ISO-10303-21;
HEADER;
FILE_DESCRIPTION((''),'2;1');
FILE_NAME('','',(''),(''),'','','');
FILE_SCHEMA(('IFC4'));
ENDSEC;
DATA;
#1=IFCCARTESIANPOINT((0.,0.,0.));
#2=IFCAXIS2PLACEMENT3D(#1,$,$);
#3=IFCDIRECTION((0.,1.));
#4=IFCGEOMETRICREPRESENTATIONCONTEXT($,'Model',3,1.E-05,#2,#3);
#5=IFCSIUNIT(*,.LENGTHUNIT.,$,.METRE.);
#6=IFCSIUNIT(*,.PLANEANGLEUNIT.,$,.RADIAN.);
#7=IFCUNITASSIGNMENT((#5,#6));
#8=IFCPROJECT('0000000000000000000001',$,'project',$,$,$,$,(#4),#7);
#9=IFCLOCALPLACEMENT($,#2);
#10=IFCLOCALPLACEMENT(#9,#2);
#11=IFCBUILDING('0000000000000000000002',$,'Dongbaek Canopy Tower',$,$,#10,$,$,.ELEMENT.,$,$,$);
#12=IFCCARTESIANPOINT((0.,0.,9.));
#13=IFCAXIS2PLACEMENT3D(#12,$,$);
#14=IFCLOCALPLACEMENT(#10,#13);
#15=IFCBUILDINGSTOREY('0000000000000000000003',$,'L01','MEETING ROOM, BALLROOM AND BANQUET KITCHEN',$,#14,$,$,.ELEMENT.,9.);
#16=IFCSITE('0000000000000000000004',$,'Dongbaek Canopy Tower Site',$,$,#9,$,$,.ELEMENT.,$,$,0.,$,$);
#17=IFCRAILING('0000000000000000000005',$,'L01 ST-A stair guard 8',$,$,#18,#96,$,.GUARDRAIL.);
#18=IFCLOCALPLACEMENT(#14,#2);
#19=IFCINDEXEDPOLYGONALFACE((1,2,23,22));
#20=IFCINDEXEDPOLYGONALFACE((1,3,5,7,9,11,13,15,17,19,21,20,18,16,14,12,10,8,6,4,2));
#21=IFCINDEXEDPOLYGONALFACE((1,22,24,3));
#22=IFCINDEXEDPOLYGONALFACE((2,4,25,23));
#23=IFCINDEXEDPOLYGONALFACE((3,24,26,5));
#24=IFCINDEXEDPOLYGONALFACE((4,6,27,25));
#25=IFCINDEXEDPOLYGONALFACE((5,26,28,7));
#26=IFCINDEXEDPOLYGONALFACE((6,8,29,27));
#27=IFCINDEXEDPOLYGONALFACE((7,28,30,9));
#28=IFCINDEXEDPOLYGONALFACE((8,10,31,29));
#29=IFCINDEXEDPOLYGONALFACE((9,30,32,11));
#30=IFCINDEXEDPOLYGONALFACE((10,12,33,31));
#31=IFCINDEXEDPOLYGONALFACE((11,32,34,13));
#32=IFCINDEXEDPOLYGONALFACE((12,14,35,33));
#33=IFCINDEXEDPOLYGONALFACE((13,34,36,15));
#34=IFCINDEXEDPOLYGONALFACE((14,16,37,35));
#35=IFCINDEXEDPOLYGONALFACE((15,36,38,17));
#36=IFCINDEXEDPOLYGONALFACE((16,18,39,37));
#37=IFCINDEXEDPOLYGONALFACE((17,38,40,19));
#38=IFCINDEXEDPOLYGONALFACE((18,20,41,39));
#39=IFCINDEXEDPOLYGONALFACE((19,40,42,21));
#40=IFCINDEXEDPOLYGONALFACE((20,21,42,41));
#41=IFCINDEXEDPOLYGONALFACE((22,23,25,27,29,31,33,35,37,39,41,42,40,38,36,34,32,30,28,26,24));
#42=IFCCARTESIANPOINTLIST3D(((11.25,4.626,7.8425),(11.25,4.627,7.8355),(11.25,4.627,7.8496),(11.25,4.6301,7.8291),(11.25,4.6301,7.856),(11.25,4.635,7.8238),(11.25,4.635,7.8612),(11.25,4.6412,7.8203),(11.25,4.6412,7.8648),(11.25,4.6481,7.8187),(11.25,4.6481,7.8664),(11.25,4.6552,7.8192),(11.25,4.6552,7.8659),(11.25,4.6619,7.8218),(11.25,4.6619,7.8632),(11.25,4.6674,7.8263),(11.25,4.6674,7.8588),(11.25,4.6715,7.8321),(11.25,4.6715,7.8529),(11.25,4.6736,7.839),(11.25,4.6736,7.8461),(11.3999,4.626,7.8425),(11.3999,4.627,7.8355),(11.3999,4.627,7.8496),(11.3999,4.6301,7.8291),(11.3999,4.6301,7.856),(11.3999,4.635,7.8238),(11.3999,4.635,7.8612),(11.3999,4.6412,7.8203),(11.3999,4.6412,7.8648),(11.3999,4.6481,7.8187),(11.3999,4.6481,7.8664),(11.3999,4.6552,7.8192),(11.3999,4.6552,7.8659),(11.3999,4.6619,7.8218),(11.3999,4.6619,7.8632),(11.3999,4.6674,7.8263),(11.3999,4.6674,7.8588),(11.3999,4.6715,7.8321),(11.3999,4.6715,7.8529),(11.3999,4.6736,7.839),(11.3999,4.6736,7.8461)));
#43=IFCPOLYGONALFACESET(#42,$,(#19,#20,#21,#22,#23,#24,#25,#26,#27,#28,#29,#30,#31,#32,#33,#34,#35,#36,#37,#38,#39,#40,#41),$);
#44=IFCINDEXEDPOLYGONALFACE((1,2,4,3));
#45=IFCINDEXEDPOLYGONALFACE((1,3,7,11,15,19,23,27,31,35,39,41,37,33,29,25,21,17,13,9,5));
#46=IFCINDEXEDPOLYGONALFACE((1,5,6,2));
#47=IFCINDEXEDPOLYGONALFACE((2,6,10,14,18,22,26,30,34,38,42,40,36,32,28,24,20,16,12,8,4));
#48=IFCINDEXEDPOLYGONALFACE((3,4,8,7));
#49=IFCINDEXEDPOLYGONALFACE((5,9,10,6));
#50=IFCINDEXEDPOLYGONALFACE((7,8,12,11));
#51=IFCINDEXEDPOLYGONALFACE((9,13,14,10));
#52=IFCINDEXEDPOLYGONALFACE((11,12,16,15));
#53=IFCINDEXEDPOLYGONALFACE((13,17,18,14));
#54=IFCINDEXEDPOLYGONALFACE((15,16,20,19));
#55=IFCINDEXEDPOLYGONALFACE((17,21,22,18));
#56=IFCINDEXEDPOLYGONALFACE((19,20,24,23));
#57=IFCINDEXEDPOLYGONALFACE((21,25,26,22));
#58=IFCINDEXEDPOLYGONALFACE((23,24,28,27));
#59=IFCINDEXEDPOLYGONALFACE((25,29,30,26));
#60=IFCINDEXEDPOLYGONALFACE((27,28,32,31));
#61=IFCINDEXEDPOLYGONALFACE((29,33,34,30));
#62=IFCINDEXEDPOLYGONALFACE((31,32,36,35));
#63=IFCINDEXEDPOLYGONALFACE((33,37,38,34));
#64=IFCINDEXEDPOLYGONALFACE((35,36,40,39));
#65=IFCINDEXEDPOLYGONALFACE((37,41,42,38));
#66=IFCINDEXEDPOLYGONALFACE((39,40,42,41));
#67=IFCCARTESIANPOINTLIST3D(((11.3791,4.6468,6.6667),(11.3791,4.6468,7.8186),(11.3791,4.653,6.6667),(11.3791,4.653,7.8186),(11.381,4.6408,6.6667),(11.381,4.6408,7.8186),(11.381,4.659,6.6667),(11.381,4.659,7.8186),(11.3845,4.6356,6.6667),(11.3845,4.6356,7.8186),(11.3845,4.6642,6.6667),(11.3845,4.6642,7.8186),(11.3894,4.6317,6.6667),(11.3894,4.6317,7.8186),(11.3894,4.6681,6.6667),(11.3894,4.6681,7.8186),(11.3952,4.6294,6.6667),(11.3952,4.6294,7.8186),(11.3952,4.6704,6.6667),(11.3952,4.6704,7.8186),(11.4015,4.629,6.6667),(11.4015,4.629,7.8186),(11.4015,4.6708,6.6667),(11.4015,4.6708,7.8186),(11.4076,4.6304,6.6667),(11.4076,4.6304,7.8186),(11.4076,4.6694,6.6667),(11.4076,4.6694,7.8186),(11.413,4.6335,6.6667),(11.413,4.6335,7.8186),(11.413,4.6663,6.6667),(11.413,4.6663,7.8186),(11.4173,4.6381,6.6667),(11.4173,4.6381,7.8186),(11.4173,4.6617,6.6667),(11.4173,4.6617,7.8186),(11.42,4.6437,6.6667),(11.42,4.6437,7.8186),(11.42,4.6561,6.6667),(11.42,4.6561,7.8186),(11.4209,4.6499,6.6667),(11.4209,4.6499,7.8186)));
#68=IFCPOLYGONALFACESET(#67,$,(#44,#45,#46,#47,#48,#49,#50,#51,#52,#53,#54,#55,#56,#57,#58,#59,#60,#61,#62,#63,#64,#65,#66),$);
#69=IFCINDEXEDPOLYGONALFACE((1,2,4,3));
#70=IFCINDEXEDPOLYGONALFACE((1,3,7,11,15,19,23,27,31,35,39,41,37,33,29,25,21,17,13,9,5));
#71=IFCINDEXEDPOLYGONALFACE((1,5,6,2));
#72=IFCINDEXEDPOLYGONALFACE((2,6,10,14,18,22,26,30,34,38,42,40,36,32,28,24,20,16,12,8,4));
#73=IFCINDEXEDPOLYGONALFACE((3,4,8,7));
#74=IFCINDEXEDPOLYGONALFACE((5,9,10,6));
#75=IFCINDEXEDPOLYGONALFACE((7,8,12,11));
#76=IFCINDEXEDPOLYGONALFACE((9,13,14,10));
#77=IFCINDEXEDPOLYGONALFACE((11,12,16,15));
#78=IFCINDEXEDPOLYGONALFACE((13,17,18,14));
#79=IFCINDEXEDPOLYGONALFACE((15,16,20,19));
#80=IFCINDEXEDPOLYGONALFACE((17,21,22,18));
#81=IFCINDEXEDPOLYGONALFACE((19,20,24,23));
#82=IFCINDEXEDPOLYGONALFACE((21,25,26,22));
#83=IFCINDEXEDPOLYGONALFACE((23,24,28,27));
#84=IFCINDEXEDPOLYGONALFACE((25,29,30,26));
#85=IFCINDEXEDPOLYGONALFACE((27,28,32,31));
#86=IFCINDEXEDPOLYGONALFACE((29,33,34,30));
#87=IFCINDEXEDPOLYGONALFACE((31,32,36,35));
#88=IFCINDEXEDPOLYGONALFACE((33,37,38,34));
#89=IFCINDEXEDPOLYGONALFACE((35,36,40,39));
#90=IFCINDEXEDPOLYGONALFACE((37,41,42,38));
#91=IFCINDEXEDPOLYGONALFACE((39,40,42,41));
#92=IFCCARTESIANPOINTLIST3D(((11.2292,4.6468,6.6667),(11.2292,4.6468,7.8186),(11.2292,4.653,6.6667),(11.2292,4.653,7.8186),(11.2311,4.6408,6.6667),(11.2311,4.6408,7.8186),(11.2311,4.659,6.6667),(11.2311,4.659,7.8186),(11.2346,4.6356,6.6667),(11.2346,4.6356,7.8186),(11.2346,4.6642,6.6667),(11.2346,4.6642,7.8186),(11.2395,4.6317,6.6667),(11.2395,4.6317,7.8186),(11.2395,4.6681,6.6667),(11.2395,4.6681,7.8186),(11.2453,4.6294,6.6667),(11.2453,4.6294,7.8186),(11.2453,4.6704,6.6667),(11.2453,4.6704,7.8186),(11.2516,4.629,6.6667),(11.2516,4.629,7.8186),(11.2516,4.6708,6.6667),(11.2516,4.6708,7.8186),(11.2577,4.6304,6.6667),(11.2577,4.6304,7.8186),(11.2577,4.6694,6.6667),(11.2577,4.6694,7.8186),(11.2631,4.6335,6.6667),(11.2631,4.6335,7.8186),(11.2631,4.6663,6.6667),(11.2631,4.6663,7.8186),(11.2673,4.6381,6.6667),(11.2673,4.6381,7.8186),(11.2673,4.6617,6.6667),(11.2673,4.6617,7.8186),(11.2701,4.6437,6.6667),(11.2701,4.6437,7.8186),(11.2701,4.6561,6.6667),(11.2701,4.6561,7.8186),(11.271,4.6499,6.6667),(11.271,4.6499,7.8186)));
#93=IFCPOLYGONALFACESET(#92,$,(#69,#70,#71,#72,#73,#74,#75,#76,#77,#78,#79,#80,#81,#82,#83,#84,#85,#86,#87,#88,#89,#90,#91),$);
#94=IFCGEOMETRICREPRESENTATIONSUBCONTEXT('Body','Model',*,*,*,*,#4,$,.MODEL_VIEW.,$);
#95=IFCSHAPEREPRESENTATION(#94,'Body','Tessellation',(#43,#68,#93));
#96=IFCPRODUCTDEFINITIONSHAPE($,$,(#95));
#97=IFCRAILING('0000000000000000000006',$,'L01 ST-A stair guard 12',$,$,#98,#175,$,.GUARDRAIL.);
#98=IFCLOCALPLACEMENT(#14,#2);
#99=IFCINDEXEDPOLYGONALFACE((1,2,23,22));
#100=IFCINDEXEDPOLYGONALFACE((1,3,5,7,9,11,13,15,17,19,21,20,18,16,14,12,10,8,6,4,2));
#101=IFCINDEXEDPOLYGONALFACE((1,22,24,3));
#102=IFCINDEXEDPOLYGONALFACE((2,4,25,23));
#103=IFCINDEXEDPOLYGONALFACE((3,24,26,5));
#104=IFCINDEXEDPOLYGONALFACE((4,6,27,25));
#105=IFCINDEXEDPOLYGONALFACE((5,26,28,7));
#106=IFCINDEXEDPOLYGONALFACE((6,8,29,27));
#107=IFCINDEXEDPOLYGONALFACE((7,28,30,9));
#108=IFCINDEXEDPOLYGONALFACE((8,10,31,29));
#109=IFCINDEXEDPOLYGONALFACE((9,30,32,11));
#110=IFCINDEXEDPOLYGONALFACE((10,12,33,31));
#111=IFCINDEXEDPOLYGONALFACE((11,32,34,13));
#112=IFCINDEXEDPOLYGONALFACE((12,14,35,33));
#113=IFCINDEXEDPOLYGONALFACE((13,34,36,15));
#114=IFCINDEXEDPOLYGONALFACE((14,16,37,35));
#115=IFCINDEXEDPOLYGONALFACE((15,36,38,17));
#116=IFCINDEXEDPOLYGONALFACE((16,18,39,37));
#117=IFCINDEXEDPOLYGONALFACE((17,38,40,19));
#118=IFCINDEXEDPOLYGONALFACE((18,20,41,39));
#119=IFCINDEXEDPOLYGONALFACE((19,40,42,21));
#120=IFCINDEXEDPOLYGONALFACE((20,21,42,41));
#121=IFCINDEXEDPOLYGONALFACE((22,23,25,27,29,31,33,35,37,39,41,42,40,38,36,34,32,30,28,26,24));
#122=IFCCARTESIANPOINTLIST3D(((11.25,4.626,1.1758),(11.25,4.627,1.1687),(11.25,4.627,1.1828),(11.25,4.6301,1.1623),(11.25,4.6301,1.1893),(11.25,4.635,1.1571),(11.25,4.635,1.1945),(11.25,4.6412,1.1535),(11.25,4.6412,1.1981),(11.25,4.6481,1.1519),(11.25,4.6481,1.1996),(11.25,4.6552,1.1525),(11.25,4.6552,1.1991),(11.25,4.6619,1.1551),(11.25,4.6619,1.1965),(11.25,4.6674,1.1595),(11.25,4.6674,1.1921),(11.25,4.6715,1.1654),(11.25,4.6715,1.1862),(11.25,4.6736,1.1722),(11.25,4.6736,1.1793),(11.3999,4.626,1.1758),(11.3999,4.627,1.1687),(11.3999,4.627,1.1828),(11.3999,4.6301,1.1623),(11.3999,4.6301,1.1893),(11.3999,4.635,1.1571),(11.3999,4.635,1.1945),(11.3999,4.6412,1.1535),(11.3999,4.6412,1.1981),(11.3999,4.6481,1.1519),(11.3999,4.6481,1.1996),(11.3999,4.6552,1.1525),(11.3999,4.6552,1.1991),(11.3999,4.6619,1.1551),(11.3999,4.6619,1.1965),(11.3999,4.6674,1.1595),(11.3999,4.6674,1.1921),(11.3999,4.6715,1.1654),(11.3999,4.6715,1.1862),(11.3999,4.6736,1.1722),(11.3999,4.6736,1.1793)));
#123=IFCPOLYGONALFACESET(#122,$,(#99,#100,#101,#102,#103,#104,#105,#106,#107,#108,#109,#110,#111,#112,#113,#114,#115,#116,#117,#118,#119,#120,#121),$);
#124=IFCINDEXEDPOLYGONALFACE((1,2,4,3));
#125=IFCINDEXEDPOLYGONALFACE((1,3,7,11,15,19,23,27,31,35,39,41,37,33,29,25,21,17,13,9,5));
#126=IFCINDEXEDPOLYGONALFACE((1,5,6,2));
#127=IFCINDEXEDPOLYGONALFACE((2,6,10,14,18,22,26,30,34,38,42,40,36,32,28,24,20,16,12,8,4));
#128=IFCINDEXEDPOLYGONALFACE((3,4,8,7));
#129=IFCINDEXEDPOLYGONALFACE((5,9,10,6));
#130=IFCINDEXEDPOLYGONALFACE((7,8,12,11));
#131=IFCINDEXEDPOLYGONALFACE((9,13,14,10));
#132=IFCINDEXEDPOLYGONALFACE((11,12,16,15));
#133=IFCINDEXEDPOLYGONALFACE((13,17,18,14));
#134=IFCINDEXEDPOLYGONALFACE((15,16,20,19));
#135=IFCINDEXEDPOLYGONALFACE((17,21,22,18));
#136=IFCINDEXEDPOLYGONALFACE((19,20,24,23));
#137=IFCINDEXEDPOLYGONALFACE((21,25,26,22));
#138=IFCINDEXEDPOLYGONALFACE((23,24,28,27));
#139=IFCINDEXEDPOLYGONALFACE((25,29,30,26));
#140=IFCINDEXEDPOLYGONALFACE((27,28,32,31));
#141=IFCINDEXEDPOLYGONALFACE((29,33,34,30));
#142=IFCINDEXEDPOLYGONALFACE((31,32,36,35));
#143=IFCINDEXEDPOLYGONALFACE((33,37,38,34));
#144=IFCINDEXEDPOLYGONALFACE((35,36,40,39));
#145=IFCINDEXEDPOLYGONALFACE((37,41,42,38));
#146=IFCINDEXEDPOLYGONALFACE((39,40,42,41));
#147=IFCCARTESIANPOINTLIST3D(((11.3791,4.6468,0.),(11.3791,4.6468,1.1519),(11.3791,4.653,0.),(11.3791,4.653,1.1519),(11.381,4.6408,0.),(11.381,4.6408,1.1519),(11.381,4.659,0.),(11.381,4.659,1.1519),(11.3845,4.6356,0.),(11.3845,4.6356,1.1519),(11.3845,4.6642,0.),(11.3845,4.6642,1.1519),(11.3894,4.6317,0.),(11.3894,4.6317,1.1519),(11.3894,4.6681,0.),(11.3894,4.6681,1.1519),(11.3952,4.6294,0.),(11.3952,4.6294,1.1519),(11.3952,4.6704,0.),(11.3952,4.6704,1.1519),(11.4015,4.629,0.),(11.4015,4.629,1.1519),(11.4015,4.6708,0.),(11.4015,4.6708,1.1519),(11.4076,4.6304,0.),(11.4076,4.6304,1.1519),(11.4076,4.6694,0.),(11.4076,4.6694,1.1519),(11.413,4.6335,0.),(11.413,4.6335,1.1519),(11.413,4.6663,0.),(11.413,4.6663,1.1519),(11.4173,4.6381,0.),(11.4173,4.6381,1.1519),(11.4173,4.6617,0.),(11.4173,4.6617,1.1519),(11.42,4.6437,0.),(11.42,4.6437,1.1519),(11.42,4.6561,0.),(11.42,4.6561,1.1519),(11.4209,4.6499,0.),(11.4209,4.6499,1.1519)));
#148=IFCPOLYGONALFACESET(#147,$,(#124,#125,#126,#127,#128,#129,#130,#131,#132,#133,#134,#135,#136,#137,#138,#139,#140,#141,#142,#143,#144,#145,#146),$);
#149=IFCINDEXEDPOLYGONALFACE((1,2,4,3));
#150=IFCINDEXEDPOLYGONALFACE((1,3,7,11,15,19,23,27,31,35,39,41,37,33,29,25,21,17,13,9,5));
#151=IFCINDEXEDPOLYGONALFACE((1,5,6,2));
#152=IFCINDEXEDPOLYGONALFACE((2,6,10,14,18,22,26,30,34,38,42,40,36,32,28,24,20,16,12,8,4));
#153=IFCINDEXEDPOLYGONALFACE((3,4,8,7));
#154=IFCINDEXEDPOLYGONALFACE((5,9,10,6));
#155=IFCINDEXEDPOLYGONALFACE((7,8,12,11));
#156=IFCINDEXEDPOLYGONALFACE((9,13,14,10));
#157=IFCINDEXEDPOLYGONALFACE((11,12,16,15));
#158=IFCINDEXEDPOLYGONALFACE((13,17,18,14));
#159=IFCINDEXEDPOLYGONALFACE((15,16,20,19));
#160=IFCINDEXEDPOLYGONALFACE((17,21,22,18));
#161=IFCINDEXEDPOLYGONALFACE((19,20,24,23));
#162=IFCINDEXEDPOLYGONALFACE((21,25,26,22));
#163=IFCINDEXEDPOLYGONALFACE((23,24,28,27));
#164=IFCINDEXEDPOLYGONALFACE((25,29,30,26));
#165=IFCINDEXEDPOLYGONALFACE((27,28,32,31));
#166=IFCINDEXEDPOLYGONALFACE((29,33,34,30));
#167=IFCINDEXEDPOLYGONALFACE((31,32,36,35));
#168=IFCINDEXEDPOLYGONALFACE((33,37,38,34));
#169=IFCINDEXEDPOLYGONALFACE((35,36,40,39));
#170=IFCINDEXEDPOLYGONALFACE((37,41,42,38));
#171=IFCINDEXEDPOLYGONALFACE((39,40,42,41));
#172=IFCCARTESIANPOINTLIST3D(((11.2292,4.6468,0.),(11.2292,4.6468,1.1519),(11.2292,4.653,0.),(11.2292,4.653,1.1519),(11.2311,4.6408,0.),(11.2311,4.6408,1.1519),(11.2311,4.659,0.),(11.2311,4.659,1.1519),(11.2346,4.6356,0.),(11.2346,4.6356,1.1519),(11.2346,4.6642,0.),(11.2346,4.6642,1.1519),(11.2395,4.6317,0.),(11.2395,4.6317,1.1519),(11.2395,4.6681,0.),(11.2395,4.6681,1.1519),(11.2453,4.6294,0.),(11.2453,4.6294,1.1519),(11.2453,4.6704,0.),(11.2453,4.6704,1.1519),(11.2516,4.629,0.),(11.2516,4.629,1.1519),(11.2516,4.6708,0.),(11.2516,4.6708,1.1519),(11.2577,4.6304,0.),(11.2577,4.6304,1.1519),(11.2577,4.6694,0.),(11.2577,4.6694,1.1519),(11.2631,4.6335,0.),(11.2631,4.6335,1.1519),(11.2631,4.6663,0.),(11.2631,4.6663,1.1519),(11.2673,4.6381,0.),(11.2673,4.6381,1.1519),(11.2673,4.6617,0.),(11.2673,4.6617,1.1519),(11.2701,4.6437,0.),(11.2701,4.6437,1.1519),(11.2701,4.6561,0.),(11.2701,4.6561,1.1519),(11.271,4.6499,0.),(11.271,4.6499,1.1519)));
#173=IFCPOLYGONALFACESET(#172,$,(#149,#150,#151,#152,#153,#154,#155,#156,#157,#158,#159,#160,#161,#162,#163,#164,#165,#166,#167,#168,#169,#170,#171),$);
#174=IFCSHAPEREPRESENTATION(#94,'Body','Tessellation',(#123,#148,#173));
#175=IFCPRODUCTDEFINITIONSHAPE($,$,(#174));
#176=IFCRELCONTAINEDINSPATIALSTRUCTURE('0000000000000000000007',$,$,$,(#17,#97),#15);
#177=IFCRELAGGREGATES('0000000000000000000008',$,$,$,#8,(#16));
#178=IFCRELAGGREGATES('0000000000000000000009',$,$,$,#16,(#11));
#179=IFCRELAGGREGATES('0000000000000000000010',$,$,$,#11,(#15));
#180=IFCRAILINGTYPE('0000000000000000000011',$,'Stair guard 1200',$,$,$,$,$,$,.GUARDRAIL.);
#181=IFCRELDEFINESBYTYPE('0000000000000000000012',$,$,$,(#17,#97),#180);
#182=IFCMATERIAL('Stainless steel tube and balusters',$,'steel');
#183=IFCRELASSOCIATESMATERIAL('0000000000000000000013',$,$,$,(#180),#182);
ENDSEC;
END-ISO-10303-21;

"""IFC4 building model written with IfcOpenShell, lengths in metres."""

from ifc_helpers import new_model, si_unit, direction, frame, origin, origin_2d, place, context, subcontext, project, spatial, circle, extrude, material, type_object, element, save


model = new_model("IFC4")

# Units and contexts
model_context = context("Model", 3, precision=1e-05, world=origin(), true_north=direction((0.0, 1.0)))
body_context = subcontext(model_context, "Body", "Model", "MODEL_VIEW")
ifc_project = project(units=[si_unit("LENGTHUNIT", "METRE"), si_unit("PLANEANGLEUNIT", "RADIAN")], contexts=[model_context])

# Site, building, storey
site_placement = place(None, origin())
site = spatial("IfcSite", under=ifc_project, at=site_placement, Name="Dongbaek Canopy Tower Site", CompositionType="ELEMENT", RefElevation=0.0)
building_placement = place(site_placement, origin())
building = spatial("IfcBuilding", under=site, at=building_placement, Name="Dongbaek Canopy Tower", CompositionType="ELEMENT")
storey_placement = place(building_placement, frame((0.0, 0.0, 9.0)))
storey = spatial("IfcBuildingStorey", under=building, at=storey_placement, Name="L01", Description="MEETING ROOM, BALLROOM AND BANQUET KITCHEN", CompositionType="ELEMENT", Elevation=9.0)

# Railings
ifc_material_1 = material(Name="Stainless steel tube and balusters", Category="steel")
railing_type_1 = type_object("IfcRailingType", Name="Stair guard 1200", PredefinedType="GUARDRAIL", material=ifc_material_1)
for number, where, name in (
    (1, (11.3999, 4.6499, 6.6667), "L01 ST-A stair guard 8"),
    (2, (11.3999, 4.6499, 0.0), "L01 ST-A stair guard 12"),
):
    element("IfcRailing", number, at=place(storey_placement, frame(where)), inside=storey, type_object=railing_type_1, Name=name, PredefinedType="GUARDRAIL", context=body_context, shape_type="SweptSolid", body=[
        extrude(circle(Radius=0.0239, at=origin_2d()), frame((0.0, 0.0, 1.1758), z_axis=(-1.0, 0.0, 0.0), x_axis=(0.0, -1.0, 0.0)), (0.0, 0.0, 1.0), 0.1499),
        extrude(circle(Radius=0.021, at=origin_2d()), origin(), (0.0, 0.0, 1.0), 1.1519),
        extrude(circle(Radius=0.021, at=origin_2d()), frame((-0.1499, 0.0, 0.0)), (0.0, 0.0, 1.0), 1.1519),
    ])

save(model, "model.ifc")
